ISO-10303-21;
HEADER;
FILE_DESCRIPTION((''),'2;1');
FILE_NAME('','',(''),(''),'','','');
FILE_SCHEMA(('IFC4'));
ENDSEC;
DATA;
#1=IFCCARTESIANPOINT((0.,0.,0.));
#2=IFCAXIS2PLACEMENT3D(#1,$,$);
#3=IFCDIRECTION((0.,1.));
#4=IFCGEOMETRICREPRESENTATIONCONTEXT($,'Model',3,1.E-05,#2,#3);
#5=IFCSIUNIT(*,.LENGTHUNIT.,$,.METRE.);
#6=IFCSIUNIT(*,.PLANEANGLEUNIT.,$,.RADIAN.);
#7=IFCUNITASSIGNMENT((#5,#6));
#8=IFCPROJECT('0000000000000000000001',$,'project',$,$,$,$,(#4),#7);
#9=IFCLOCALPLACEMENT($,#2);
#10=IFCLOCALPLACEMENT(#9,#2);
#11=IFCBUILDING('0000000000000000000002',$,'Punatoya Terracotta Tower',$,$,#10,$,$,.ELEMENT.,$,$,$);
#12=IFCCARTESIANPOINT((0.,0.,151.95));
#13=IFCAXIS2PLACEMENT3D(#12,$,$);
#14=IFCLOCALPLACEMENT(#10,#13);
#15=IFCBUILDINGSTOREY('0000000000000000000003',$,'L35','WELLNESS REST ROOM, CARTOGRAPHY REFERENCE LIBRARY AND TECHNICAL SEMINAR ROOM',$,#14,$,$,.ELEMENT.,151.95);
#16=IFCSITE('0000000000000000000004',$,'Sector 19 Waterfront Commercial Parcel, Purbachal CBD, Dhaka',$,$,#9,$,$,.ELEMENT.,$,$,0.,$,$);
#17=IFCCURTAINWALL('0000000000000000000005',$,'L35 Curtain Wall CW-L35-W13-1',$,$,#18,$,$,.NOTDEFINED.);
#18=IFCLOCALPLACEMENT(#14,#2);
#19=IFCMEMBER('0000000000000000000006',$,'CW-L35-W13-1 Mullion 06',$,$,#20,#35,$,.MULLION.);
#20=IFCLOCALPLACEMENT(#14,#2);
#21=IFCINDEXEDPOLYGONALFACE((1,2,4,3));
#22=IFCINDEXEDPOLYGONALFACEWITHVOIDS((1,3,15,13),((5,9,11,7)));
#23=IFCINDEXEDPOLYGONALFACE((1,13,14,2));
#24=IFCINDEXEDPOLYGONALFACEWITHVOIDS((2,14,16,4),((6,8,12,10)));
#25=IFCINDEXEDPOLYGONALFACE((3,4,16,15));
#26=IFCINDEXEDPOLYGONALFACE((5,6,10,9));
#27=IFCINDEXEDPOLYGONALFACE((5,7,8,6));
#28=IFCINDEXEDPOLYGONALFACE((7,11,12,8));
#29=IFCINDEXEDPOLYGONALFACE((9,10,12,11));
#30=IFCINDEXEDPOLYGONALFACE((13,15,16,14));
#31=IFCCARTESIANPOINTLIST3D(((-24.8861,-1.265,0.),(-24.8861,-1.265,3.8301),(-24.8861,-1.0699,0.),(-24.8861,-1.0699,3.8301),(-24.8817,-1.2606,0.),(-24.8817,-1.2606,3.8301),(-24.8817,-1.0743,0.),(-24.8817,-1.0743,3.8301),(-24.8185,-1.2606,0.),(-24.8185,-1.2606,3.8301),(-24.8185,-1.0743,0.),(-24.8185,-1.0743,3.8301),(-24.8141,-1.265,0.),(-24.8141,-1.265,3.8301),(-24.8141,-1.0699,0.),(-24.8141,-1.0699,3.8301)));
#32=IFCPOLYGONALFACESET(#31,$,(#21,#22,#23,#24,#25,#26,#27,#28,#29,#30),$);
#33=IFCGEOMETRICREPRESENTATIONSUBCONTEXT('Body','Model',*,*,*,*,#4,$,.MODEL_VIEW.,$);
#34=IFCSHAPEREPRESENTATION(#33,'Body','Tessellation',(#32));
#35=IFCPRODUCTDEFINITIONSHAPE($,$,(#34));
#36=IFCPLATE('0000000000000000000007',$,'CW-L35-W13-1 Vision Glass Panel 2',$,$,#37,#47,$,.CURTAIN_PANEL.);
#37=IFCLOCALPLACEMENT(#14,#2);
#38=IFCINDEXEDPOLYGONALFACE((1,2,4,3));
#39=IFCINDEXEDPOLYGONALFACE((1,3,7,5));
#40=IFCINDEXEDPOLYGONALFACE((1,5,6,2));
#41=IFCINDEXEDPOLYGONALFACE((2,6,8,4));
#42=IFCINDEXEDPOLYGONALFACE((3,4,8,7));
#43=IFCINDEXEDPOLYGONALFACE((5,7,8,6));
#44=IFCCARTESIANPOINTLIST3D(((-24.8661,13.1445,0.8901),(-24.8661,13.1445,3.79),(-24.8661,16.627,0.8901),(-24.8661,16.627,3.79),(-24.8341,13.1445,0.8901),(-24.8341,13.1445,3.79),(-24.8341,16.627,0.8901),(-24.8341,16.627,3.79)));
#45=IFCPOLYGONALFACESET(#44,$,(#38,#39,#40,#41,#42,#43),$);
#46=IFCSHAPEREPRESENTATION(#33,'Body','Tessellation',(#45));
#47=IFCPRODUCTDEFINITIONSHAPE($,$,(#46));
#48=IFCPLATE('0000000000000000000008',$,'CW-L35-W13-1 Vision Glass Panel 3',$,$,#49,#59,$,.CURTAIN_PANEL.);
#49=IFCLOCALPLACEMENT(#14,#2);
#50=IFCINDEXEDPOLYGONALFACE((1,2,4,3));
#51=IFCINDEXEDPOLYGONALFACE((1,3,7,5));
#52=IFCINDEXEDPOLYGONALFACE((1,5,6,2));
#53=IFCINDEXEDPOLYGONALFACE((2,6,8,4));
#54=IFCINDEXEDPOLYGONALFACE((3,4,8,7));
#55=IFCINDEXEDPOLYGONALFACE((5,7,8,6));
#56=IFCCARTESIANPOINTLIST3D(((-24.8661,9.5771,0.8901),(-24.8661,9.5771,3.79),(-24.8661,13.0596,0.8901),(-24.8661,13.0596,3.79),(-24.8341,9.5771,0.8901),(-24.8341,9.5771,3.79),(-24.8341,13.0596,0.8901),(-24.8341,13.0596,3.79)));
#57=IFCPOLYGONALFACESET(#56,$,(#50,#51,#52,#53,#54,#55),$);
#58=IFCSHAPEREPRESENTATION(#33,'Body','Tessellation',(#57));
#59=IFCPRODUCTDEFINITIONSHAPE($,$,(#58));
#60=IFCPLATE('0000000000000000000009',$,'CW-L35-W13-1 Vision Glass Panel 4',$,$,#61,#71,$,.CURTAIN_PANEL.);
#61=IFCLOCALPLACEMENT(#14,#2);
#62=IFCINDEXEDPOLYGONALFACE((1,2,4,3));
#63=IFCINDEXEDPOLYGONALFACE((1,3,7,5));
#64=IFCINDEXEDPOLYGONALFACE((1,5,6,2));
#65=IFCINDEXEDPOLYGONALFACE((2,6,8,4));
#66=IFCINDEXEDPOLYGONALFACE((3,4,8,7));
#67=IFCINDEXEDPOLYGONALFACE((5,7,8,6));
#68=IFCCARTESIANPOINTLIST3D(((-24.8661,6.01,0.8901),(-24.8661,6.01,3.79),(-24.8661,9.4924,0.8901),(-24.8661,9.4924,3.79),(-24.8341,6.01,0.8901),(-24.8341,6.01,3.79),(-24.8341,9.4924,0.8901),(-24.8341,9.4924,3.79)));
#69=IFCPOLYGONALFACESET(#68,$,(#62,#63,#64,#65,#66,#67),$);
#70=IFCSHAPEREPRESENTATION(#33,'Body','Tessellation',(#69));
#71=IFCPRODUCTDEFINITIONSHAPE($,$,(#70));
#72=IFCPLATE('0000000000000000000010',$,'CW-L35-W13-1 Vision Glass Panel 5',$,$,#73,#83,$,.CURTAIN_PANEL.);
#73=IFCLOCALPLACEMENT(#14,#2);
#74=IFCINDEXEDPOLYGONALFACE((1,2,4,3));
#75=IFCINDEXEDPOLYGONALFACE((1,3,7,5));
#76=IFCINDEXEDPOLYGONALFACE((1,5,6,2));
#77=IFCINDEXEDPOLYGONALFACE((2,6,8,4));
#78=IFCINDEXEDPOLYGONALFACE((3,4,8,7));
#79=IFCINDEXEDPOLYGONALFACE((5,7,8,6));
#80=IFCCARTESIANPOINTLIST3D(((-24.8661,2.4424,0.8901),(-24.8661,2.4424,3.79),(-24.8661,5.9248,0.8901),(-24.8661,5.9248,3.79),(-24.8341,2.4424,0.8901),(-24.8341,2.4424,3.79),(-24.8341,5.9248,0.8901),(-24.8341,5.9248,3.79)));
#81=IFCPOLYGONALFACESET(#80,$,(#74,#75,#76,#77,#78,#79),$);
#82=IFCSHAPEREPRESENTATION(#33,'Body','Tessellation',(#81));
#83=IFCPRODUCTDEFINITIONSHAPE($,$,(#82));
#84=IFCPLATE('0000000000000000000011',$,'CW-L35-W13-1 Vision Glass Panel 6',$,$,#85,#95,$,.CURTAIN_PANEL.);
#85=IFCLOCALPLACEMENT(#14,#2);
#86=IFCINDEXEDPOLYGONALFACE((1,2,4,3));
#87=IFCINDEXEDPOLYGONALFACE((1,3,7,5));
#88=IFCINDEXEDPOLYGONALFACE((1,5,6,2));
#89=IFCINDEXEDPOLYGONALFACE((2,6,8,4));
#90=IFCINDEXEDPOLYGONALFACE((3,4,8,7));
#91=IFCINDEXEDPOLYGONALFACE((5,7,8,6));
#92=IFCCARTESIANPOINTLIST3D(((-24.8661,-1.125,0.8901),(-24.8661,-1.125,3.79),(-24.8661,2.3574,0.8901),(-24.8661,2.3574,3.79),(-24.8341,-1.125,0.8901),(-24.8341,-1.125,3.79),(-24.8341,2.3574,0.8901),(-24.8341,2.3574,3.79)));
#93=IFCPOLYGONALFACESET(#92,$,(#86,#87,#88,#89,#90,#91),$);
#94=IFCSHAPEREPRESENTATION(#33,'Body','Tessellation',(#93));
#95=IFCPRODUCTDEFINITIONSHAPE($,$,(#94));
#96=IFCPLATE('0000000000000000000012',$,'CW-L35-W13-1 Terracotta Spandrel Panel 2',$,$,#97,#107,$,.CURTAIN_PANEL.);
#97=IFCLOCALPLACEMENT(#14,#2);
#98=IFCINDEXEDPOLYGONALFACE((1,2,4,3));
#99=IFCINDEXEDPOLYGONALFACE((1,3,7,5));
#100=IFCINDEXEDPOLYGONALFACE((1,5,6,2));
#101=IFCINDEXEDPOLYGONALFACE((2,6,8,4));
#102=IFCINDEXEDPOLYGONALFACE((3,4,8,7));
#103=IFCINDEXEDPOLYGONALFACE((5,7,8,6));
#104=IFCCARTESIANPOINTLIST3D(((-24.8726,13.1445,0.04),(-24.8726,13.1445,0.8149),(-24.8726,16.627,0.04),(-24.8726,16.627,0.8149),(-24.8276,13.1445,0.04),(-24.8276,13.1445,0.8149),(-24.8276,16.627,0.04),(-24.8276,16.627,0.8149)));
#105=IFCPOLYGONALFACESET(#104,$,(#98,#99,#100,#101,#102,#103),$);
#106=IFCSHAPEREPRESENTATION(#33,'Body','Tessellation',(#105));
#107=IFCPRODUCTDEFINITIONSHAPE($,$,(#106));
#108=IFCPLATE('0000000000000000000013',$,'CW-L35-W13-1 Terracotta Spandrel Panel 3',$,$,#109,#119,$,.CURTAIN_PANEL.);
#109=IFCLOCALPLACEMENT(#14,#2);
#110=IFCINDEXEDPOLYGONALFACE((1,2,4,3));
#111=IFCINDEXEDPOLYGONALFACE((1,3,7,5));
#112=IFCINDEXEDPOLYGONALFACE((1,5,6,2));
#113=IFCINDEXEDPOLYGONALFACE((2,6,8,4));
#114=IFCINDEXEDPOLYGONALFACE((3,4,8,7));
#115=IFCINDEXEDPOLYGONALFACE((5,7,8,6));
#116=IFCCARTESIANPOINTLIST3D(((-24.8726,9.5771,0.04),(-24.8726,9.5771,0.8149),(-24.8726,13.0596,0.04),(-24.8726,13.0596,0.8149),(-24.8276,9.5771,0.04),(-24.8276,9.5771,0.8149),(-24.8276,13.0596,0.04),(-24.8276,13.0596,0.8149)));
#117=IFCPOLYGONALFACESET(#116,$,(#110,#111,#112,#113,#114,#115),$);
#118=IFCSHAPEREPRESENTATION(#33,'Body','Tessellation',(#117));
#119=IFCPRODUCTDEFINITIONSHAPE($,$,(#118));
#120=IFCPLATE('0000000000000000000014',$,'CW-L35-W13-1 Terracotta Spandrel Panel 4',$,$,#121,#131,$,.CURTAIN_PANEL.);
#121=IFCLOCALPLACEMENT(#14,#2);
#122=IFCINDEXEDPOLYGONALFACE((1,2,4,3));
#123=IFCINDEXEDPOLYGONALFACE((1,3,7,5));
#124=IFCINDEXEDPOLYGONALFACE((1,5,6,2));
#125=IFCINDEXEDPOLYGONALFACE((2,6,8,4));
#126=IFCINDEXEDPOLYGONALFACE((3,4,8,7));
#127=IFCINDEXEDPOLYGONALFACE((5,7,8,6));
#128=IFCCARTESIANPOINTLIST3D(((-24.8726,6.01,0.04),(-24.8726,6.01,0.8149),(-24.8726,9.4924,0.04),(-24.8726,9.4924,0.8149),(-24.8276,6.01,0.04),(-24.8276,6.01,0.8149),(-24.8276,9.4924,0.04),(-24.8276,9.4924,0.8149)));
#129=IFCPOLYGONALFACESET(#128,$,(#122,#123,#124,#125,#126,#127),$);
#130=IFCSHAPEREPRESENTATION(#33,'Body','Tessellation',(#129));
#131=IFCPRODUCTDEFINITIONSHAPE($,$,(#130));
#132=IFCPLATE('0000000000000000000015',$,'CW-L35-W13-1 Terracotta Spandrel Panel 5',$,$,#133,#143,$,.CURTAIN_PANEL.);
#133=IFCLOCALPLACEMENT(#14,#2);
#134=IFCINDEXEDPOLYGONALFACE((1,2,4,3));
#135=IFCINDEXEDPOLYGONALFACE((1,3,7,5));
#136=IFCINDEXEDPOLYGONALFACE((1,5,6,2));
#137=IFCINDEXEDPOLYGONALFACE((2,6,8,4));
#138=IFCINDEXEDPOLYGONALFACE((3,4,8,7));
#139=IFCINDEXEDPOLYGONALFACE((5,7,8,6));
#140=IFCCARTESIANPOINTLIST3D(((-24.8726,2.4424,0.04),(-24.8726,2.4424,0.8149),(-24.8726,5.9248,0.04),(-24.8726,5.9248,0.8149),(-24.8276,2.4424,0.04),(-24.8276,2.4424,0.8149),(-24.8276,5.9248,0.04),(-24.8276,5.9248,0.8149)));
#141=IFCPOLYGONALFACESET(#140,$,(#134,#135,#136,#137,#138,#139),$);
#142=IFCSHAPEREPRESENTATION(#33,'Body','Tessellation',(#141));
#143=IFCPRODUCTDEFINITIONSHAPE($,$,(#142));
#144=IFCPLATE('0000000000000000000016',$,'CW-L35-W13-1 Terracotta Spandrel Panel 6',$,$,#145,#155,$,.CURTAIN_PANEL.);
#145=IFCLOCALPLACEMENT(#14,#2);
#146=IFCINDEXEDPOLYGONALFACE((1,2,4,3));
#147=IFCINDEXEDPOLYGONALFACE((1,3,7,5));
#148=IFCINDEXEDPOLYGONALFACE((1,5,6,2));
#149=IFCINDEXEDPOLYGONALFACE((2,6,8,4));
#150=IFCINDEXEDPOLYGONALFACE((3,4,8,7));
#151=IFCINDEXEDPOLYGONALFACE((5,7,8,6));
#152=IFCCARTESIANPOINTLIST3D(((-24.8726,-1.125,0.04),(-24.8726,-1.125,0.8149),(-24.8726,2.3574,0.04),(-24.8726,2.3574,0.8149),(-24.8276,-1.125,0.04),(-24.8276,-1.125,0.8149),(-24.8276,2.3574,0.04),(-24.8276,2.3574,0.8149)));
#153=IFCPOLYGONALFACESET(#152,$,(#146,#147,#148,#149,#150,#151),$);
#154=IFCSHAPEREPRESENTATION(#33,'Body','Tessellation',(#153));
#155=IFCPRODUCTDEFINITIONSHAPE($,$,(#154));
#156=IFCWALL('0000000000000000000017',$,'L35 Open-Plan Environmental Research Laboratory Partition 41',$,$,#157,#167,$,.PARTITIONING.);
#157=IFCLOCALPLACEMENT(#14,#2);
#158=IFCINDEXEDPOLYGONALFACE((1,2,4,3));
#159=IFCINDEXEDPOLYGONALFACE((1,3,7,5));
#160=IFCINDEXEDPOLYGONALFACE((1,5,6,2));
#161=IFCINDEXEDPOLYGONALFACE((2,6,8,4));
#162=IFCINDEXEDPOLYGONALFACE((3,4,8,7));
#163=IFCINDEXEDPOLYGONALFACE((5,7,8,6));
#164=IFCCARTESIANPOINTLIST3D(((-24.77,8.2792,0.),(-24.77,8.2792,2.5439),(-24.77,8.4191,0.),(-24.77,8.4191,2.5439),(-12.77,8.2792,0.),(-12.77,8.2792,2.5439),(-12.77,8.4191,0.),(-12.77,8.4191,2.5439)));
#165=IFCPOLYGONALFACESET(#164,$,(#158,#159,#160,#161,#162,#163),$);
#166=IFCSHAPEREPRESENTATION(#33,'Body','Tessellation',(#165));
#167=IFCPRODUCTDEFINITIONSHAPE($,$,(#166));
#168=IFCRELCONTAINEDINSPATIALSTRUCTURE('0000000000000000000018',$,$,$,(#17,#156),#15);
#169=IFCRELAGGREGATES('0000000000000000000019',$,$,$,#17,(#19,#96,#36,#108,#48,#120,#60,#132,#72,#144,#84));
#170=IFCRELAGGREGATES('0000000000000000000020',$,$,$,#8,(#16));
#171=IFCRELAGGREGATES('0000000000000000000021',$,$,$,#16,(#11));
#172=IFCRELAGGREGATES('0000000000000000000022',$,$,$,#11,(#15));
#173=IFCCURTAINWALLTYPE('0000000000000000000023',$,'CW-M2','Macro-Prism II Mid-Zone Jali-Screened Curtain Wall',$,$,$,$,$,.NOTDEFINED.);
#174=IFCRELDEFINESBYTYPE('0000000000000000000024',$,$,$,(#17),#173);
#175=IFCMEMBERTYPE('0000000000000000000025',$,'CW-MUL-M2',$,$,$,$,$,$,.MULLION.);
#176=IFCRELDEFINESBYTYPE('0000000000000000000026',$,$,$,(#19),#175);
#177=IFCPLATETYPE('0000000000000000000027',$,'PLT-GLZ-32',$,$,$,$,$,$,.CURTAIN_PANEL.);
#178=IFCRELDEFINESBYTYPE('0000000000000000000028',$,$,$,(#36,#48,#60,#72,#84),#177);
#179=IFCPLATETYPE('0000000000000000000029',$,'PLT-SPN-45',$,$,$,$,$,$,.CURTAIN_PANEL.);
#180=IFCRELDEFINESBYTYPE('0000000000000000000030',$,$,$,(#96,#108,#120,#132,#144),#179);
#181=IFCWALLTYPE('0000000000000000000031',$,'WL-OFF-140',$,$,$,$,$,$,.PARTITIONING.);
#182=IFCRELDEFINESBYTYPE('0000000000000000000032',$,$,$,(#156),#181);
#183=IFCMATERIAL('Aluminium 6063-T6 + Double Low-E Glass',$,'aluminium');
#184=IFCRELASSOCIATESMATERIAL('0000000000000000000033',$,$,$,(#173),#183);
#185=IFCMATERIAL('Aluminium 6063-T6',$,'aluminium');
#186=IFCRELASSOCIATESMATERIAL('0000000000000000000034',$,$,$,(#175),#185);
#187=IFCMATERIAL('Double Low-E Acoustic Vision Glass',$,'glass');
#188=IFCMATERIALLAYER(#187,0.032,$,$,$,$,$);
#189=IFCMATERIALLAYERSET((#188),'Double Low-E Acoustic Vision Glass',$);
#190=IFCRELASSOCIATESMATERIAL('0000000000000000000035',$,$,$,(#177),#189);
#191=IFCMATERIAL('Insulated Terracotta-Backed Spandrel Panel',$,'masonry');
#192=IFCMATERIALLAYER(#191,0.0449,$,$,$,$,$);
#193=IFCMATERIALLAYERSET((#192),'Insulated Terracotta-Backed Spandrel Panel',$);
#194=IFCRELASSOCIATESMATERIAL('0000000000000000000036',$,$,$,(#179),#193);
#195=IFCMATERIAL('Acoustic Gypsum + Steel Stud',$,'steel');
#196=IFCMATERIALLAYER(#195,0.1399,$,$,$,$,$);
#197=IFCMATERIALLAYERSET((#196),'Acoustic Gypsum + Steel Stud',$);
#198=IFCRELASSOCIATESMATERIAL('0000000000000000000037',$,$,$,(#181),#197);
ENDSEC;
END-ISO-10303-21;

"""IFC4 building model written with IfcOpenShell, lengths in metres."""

from ifc_helpers import new_model, si_unit, direction, frame, frame_2d, origin, origin_2d, place, context, subcontext, project, spatial, rectangle, hollow_rectangle, extrude, material, layer, layer_set, material_profile, profile_set, type_object, element, aggregate, save


model = new_model("IFC4")

# Units and contexts
model_context = context("Model", 3, precision=1e-05, world=origin(), true_north=direction((0.0, 1.0)))
body_context = subcontext(model_context, "Body", "Model", "MODEL_VIEW")
ifc_project = project(units=[si_unit("LENGTHUNIT", "METRE"), si_unit("PLANEANGLEUNIT", "RADIAN")], contexts=[model_context])

# Site, building, storey
site_placement = place(None, origin())
site = spatial("IfcSite", under=ifc_project, at=site_placement, Name="Sector 19 Waterfront Commercial Parcel, Purbachal CBD, Dhaka", CompositionType="ELEMENT", RefElevation=0.0)
building_placement = place(site_placement, origin())
building = spatial("IfcBuilding", under=site, at=building_placement, Name="Punatoya Terracotta Tower", CompositionType="ELEMENT")
storey_placement = place(building_placement, frame((0.0, 0.0, 151.95)))
storey = spatial("IfcBuildingStorey", under=building, at=storey_placement, Name="L35", Description="WELLNESS REST ROOM, CARTOGRAPHY REFERENCE LIBRARY AND TECHNICAL SEMINAR ROOM", CompositionType="ELEMENT", Elevation=151.95)

# Curtain wall, member, plates
ifc_material_1 = material(Name="Aluminium 6063-T6 + Double Low-E Glass", Category="aluminium")
curtain_wall_type = type_object("IfcCurtainWallType", Name="CW-M2", Description="Macro-Prism II Mid-Zone Jali-Screened Curtain Wall", PredefinedType="NOTDEFINED", material=ifc_material_1)
curtain_wall_placement = place(storey_placement, origin())
curtain_wall = element("IfcCurtainWall", 1, at=curtain_wall_placement, inside=storey, type_object=curtain_wall_type, Name="L35 Curtain Wall CW-L35-W13-1", PredefinedType="NOTDEFINED")
ifc_material_2 = material(Name="Aluminium 6063-T6", Category="aluminium")
ifc_material_profile_1 = material_profile(ifc_material_2, hollow_rectangle(XDim=0.072, YDim=0.1951, WallThickness=0.0044, at=origin_2d()))
ifc_profile_set_1 = profile_set([ifc_material_profile_1], Name="Aluminium 6063-T6")
member_type = type_object("IfcMemberType", Name="CW-MUL-M2", PredefinedType="MULLION", material=ifc_profile_set_1)
member_1_placement = place(storey_placement, frame((-24.8501, -1.1675, 0.0), z_axis=(0.0, 0.0, 1.0), x_axis=(1.0, 0.0, 0.0)))
member_1 = element("IfcMember", 2, at=member_1_placement, type_object=member_type, Name="CW-L35-W13-1 Mullion 06", PredefinedType="MULLION", context=body_context, shape_type="SweptSolid", body=[
    extrude(hollow_rectangle(XDim=0.072, YDim=0.1951, WallThickness=0.0044, at=origin_2d()), origin(), (0.0, 0.0, 1.0), 3.8301),
])
ifc_material_3 = material(Name="Double Low-E Acoustic Vision Glass", Category="glass")
ifc_layer_1 = layer(ifc_material_3, 0.032)
ifc_layer_set_1 = layer_set([ifc_layer_1], Name="Double Low-E Acoustic Vision Glass")
plate_type_1 = type_object("IfcPlateType", Name="PLT-GLZ-32", PredefinedType="CURTAIN_PANEL", material=ifc_layer_set_1)
plate_1_placement = place(storey_placement, frame((-24.8501, 14.8857, 0.8901), z_axis=(0.0, 0.0, 1.0), x_axis=(0.0, -1.0, 0.0)))
plate_1 = element("IfcPlate", 3, at=plate_1_placement, type_object=plate_type_1, Name="CW-L35-W13-1 Vision Glass Panel 2", PredefinedType="CURTAIN_PANEL", context=body_context, shape_type="SweptSolid", body=[
    extrude(rectangle(XDim=3.4824, YDim=0.032, at=origin_2d()), origin(), (0.0, 0.0, 1.0), 2.8999),
])
plate_2_placement = place(storey_placement, frame((-24.8501, 11.3184, 0.8901), z_axis=(0.0, 0.0, 1.0), x_axis=(0.0, -1.0, 0.0)))
plate_2 = element("IfcPlate", 4, at=plate_2_placement, type_object=plate_type_1, Name="CW-L35-W13-1 Vision Glass Panel 3", PredefinedType="CURTAIN_PANEL", context=body_context, shape_type="SweptSolid", body=[
    extrude(rectangle(XDim=3.4824, YDim=0.032, at=origin_2d()), origin(), (0.0, 0.0, 1.0), 2.8999),
])
plate_3_placement = place(storey_placement, frame((-24.8501, 7.7512, 0.8901), z_axis=(0.0, 0.0, 1.0), x_axis=(0.0, -1.0, 0.0)))
plate_3 = element("IfcPlate", 5, at=plate_3_placement, type_object=plate_type_1, Name="CW-L35-W13-1 Vision Glass Panel 4", PredefinedType="CURTAIN_PANEL", context=body_context, shape_type="SweptSolid", body=[
    extrude(rectangle(XDim=3.4824, YDim=0.032, at=origin_2d()), origin(), (0.0, 0.0, 1.0), 2.8999),
])
plate_4_placement = place(storey_placement, frame((-24.8501, 4.1836, 0.8901), z_axis=(0.0, 0.0, 1.0), x_axis=(0.0, -1.0, 0.0)))
plate_4 = element("IfcPlate", 6, at=plate_4_placement, type_object=plate_type_1, Name="CW-L35-W13-1 Vision Glass Panel 5", PredefinedType="CURTAIN_PANEL", context=body_context, shape_type="SweptSolid", body=[
    extrude(rectangle(XDim=3.4824, YDim=0.032, at=origin_2d()), origin(), (0.0, 0.0, 1.0), 2.8999),
])
plate_5_placement = place(storey_placement, frame((-24.8501, 0.6162, 0.8901), z_axis=(0.0, 0.0, 1.0), x_axis=(0.0, -1.0, 0.0)))
plate_5 = element("IfcPlate", 7, at=plate_5_placement, type_object=plate_type_1, Name="CW-L35-W13-1 Vision Glass Panel 6", PredefinedType="CURTAIN_PANEL", context=body_context, shape_type="SweptSolid", body=[
    extrude(rectangle(XDim=3.4824, YDim=0.032, at=origin_2d()), origin(), (0.0, 0.0, 1.0), 2.8999),
])
ifc_material_4 = material(Name="Insulated Terracotta-Backed Spandrel Panel", Category="masonry")
ifc_layer_2 = layer(ifc_material_4, 0.0449)
ifc_layer_set_2 = layer_set([ifc_layer_2], Name="Insulated Terracotta-Backed Spandrel Panel")
plate_type_2 = type_object("IfcPlateType", Name="PLT-SPN-45", PredefinedType="CURTAIN_PANEL", material=ifc_layer_set_2)
plate_6_placement = place(storey_placement, frame((-24.8501, 14.8857, 0.04), z_axis=(0.0, 0.0, 1.0), x_axis=(0.0, -1.0, 0.0)))
plate_6 = element("IfcPlate", 8, at=plate_6_placement, type_object=plate_type_2, Name="CW-L35-W13-1 Terracotta Spandrel Panel 2", PredefinedType="CURTAIN_PANEL", context=body_context, shape_type="SweptSolid", body=[
    extrude(rectangle(XDim=3.4824, YDim=0.0449, at=origin_2d()), origin(), (0.0, 0.0, 1.0), 0.7749),
])
plate_7_placement = place(storey_placement, frame((-24.8501, 11.3184, 0.04), z_axis=(0.0, 0.0, 1.0), x_axis=(0.0, -1.0, 0.0)))
plate_7 = element("IfcPlate", 9, at=plate_7_placement, type_object=plate_type_2, Name="CW-L35-W13-1 Terracotta Spandrel Panel 3", PredefinedType="CURTAIN_PANEL", context=body_context, shape_type="SweptSolid", body=[
    extrude(rectangle(XDim=3.4824, YDim=0.0449, at=origin_2d()), origin(), (0.0, 0.0, 1.0), 0.7749),
])
plate_8_placement = place(storey_placement, frame((-24.8501, 7.7512, 0.04), z_axis=(0.0, 0.0, 1.0), x_axis=(0.0, -1.0, 0.0)))
plate_8 = element("IfcPlate", 10, at=plate_8_placement, type_object=plate_type_2, Name="CW-L35-W13-1 Terracotta Spandrel Panel 4", PredefinedType="CURTAIN_PANEL", context=body_context, shape_type="SweptSolid", body=[
    extrude(rectangle(XDim=3.4824, YDim=0.0449, at=origin_2d()), origin(), (0.0, 0.0, 1.0), 0.7749),
])
plate_9_placement = place(storey_placement, frame((-24.8501, 4.1836, 0.04), z_axis=(0.0, 0.0, 1.0), x_axis=(0.0, -1.0, 0.0)))
plate_9 = element("IfcPlate", 11, at=plate_9_placement, type_object=plate_type_2, Name="CW-L35-W13-1 Terracotta Spandrel Panel 5", PredefinedType="CURTAIN_PANEL", context=body_context, shape_type="SweptSolid", body=[
    extrude(rectangle(XDim=3.4824, YDim=0.0449, at=origin_2d()), origin(), (0.0, 0.0, 1.0), 0.7749),
])
plate_10_placement = place(storey_placement, frame((-24.8501, 0.6162, 0.04), z_axis=(0.0, 0.0, 1.0), x_axis=(0.0, -1.0, 0.0)))
plate_10 = element("IfcPlate", 12, at=plate_10_placement, type_object=plate_type_2, Name="CW-L35-W13-1 Terracotta Spandrel Panel 6", PredefinedType="CURTAIN_PANEL", context=body_context, shape_type="SweptSolid", body=[
    extrude(rectangle(XDim=3.4824, YDim=0.0449, at=origin_2d()), origin(), (0.0, 0.0, 1.0), 0.7749),
])
aggregate(curtain_wall, [member_1, plate_6, plate_1, plate_7, plate_2, plate_8, plate_3, plate_9, plate_4, plate_10, plate_5])

# Wall
ifc_material_5 = material(Name="Acoustic Gypsum + Steel Stud", Category="steel")
ifc_layer_3 = layer(ifc_material_5, 0.1399)
ifc_layer_set_3 = layer_set([ifc_layer_3], Name="Acoustic Gypsum + Steel Stud")
wall_type = type_object("IfcWallType", Name="WL-OFF-140", PredefinedType="PARTITIONING", material=ifc_layer_set_3)
wall_placement = place(storey_placement, frame((-24.77, 8.3491, 0.0), z_axis=(0.0, 0.0, 1.0), x_axis=(1.0, 0.0, 0.0)))
element("IfcWall", 13, at=wall_placement, inside=storey, type_object=wall_type, Name="L35 Open-Plan Environmental Research Laboratory Partition 41", PredefinedType="PARTITIONING", context=body_context, shape_type="SweptSolid", body=[
    extrude(rectangle(XDim=12.0, YDim=0.1399, at=frame_2d((6.0, 0.0))), origin(), (0.0, 0.0, 1.0), 2.5439),
])

save(model, "model.ifc")
